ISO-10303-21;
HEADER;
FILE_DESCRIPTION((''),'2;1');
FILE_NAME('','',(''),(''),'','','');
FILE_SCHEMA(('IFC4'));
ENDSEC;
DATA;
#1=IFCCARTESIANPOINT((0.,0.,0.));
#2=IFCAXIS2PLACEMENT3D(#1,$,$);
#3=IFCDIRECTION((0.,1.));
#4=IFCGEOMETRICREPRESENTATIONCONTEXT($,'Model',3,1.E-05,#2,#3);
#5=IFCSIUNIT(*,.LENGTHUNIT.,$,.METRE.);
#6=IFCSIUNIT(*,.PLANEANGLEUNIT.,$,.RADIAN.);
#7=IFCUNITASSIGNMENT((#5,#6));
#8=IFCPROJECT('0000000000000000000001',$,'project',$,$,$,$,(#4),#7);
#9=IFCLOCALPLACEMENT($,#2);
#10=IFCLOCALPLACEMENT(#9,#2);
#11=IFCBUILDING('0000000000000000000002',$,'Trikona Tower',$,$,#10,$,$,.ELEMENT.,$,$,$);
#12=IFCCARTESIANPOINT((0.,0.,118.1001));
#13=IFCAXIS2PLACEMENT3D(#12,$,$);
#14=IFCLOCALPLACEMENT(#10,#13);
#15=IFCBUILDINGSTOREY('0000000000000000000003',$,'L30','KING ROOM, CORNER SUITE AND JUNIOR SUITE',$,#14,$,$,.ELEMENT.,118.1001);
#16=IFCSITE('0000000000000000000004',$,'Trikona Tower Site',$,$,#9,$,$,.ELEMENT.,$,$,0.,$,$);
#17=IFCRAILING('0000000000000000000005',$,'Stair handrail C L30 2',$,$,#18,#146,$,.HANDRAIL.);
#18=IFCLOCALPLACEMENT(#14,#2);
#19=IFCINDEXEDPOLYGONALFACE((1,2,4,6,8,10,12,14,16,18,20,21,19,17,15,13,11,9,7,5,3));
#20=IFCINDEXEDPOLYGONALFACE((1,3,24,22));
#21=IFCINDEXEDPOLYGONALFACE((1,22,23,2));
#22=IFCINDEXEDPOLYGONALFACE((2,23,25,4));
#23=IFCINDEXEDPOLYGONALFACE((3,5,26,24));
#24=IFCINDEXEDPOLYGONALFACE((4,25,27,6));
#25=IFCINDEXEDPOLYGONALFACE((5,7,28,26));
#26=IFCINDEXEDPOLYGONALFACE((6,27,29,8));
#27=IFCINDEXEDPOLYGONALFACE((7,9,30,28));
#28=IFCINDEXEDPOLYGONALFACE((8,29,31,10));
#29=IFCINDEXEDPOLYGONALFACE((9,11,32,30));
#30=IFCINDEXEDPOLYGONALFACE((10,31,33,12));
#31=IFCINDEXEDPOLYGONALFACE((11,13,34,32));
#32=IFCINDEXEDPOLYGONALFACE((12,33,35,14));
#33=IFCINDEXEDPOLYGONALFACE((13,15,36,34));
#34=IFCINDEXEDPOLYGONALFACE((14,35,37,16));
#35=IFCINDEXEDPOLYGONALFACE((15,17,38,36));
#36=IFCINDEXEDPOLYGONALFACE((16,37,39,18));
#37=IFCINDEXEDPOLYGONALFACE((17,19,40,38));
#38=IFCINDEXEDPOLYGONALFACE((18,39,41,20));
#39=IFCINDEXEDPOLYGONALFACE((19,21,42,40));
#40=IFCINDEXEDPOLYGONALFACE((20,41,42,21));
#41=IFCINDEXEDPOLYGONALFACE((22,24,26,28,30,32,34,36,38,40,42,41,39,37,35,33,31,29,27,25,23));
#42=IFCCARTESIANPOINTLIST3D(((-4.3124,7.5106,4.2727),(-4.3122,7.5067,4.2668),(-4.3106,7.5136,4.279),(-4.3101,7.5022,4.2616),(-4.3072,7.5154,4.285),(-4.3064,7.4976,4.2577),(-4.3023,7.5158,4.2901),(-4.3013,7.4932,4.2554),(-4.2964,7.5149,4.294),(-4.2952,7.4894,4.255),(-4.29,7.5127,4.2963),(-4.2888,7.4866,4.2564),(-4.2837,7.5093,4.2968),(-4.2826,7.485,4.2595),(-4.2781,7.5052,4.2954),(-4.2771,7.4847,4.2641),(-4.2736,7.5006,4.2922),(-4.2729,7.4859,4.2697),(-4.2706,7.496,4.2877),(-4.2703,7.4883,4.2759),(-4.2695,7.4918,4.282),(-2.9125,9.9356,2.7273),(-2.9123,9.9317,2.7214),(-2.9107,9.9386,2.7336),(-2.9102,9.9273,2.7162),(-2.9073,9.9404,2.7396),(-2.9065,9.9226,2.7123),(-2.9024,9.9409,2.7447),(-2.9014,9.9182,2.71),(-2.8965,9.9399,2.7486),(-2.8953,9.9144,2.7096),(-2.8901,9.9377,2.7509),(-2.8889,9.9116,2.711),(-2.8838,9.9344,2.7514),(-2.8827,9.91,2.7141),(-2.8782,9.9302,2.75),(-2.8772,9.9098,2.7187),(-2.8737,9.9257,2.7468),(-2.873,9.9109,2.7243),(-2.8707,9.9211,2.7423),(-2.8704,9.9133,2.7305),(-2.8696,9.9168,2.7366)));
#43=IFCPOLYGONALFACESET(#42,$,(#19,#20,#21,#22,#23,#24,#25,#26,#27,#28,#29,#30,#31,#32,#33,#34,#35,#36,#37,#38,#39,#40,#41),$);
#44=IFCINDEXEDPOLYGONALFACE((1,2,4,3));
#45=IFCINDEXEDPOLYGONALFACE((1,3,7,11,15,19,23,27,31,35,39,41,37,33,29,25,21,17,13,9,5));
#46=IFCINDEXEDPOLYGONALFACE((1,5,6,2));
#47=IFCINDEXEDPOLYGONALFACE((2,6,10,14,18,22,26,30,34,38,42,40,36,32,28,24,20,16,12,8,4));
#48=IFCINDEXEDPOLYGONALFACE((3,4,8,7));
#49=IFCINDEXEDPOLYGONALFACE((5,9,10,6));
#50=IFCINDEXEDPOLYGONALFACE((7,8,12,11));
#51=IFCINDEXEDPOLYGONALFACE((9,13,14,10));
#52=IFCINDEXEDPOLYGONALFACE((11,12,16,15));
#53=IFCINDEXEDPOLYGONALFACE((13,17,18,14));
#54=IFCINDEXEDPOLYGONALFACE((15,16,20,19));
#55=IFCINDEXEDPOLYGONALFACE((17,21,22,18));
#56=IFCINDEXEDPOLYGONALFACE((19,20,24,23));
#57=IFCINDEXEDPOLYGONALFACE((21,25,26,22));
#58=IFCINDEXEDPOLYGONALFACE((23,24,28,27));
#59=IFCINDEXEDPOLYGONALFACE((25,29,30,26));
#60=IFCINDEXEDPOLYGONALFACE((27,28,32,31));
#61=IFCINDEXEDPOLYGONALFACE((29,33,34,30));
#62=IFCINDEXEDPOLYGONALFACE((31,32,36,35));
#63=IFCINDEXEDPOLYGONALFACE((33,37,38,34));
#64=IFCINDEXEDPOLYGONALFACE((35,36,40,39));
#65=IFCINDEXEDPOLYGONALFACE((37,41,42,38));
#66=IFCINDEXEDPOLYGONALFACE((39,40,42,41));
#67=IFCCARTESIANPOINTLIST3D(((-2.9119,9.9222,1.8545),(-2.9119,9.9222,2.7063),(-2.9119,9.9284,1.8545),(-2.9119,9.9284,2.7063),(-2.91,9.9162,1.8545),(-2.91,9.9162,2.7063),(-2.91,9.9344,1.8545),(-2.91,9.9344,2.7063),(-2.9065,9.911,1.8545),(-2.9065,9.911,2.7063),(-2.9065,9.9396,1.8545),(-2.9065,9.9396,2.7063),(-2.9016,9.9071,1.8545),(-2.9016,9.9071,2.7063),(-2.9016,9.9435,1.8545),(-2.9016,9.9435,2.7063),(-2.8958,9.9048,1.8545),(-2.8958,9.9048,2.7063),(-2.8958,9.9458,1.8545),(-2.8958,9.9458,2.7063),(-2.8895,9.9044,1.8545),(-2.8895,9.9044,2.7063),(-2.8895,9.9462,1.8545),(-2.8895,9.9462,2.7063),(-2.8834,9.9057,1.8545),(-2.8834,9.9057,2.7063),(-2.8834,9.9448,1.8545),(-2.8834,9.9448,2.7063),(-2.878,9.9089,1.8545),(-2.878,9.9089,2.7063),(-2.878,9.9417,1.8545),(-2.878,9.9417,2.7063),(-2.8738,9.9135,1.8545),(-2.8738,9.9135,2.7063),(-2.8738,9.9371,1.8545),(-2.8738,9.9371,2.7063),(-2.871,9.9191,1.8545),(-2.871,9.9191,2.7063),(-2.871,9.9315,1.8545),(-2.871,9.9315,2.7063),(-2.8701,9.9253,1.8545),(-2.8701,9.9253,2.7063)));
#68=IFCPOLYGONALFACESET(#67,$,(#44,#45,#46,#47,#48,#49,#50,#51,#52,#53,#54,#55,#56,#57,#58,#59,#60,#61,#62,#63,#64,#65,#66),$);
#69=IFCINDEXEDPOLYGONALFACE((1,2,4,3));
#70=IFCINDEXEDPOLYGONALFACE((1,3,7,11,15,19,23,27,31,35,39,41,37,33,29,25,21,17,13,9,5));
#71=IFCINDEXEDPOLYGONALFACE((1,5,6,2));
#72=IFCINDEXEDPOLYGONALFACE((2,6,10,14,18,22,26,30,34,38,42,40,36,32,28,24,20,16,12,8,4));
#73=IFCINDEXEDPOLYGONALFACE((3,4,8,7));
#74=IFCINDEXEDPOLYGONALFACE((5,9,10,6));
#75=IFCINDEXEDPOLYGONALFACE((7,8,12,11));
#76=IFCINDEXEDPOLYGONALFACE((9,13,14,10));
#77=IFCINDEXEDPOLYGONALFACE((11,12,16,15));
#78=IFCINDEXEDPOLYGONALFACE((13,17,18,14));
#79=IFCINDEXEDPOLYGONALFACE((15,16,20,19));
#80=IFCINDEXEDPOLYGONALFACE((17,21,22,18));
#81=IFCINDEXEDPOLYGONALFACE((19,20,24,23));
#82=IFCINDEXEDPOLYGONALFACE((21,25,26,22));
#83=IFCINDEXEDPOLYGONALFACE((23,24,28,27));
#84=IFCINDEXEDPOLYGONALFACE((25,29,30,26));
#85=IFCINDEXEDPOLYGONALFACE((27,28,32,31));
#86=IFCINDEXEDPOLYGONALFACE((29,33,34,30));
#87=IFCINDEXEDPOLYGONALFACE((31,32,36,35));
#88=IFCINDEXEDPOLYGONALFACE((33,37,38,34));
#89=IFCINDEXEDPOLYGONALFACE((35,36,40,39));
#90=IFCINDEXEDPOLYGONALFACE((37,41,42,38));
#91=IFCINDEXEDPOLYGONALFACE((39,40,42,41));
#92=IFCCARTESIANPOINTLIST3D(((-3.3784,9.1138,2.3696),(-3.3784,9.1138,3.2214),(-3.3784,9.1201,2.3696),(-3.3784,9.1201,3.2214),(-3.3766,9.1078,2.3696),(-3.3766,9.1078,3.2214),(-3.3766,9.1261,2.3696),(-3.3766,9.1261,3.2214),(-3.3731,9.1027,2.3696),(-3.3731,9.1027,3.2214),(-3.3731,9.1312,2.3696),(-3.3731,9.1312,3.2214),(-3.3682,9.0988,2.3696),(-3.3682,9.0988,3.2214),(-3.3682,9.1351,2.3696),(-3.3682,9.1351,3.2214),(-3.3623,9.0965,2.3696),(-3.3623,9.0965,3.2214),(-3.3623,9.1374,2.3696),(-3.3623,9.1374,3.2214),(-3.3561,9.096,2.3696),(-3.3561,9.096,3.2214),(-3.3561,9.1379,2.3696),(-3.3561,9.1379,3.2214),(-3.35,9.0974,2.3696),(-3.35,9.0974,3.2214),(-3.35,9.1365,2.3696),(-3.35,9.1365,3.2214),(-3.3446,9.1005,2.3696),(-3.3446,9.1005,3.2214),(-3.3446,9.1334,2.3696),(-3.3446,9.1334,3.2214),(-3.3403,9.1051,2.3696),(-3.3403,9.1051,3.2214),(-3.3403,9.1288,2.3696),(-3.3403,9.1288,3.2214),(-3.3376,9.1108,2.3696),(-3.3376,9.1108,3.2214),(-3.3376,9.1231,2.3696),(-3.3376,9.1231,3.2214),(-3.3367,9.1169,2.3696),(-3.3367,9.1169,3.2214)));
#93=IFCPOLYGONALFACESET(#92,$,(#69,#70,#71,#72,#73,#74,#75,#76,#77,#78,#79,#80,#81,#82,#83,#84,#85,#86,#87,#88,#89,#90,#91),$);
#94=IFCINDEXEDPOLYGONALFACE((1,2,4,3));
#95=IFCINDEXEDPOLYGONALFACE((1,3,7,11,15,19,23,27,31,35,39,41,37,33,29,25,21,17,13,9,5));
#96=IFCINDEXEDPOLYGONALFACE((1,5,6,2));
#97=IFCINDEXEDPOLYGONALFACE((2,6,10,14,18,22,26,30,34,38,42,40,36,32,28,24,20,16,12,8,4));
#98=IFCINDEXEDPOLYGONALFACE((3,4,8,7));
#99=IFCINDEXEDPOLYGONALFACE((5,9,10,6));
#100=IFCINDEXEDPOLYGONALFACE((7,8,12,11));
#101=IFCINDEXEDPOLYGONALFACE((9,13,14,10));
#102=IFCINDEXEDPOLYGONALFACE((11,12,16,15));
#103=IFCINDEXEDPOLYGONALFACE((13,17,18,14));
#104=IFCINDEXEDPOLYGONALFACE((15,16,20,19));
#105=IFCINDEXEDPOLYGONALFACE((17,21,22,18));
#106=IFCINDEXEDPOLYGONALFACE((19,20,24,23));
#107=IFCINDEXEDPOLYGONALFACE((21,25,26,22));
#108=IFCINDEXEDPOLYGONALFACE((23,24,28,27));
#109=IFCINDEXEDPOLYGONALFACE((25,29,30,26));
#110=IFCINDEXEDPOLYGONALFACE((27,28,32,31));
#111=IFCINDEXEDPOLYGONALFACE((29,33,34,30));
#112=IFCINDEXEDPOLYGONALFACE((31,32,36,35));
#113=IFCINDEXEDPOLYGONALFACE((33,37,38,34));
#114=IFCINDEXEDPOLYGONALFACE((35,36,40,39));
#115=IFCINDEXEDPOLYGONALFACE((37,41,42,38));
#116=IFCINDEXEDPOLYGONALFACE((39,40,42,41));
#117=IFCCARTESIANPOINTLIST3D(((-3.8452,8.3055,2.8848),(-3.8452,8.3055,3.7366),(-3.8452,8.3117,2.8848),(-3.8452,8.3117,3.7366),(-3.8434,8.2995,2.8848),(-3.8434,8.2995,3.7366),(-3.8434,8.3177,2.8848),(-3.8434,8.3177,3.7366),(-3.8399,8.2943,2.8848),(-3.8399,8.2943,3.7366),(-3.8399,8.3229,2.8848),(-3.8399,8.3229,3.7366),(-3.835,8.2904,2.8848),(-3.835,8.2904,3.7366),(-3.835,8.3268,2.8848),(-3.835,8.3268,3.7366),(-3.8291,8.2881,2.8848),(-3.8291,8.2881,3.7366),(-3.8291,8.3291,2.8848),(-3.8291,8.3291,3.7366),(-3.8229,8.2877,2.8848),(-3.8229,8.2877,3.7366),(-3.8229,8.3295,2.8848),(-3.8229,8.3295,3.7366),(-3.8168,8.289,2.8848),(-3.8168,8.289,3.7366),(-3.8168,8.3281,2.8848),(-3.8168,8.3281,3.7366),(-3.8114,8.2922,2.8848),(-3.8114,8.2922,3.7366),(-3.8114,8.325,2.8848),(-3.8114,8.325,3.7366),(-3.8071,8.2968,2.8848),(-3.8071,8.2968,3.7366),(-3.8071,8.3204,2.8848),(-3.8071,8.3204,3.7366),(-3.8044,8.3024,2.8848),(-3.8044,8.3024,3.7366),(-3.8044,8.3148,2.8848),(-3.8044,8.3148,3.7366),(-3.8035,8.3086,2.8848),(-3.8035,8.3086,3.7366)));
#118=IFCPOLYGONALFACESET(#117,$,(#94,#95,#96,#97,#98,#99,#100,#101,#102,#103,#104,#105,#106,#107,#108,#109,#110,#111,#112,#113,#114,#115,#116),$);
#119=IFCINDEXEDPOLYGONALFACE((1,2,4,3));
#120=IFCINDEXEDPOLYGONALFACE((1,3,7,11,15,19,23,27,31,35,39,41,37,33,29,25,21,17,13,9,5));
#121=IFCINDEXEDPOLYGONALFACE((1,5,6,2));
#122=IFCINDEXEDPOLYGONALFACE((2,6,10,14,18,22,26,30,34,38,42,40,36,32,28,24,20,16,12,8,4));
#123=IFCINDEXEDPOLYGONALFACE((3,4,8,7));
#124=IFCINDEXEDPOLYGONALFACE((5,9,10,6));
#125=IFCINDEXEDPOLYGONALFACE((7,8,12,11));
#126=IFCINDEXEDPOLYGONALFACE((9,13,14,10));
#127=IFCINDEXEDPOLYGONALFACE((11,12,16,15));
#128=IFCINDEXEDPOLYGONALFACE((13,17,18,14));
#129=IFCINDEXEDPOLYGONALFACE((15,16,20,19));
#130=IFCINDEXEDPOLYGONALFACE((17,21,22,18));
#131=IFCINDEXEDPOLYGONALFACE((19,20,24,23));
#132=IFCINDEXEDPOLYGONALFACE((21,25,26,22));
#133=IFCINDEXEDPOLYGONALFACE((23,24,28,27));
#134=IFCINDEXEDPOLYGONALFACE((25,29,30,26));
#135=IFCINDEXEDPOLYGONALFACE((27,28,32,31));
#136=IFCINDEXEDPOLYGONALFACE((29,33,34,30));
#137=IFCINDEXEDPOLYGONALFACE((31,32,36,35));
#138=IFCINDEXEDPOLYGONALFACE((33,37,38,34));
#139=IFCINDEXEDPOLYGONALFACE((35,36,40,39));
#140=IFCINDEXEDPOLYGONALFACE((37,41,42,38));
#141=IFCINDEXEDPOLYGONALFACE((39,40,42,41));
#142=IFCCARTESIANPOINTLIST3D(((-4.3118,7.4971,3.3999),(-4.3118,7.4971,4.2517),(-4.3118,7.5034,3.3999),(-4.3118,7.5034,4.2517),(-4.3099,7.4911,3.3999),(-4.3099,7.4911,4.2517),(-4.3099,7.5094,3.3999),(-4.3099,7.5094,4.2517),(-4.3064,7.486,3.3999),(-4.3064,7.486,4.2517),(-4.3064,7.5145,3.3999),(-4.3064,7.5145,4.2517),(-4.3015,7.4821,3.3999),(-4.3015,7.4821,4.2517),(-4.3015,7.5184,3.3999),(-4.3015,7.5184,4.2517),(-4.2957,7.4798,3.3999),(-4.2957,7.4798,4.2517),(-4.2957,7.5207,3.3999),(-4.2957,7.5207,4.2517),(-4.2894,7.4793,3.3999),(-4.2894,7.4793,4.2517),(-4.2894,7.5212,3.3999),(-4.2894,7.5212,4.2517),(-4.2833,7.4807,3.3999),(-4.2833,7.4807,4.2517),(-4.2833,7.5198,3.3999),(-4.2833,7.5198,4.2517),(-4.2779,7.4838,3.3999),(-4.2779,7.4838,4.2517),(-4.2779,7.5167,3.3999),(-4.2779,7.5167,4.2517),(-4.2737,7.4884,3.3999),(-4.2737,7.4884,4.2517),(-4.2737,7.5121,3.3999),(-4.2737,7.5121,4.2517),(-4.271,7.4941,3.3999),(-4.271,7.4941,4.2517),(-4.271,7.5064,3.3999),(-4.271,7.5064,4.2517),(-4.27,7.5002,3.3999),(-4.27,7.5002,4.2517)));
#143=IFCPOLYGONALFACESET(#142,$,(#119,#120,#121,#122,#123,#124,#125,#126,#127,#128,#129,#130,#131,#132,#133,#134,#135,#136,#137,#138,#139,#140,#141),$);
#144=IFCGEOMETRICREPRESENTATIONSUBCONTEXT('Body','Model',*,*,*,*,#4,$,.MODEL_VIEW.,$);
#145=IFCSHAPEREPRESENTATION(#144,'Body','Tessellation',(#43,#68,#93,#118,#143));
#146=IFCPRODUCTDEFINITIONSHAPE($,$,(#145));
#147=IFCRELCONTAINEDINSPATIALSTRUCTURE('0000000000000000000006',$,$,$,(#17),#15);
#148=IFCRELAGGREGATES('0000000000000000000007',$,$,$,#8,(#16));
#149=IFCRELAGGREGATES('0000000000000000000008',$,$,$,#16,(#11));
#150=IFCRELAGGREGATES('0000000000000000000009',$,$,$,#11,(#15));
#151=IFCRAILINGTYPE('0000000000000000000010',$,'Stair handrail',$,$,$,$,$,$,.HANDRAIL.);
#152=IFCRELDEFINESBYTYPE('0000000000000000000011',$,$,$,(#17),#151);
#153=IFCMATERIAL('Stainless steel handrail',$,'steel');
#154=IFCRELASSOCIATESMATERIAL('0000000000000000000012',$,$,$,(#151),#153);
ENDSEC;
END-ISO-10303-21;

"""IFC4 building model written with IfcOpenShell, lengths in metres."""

from ifc_helpers import new_model, si_unit, direction, frame, origin, origin_2d, place, context, subcontext, project, spatial, circle, extrude, material, type_object, element, save


model = new_model("IFC4")

# Units and contexts
model_context = context("Model", 3, precision=1e-05, world=origin(), true_north=direction((0.0, 1.0)))
body_context = subcontext(model_context, "Body", "Model", "MODEL_VIEW")
ifc_project = project(units=[si_unit("LENGTHUNIT", "METRE"), si_unit("PLANEANGLEUNIT", "RADIAN")], contexts=[model_context])

# Site, building, storey
site_placement = place(None, origin())
site = spatial("IfcSite", under=ifc_project, at=site_placement, Name="Trikona Tower Site", CompositionType="ELEMENT", RefElevation=0.0)
building_placement = place(site_placement, origin())
building = spatial("IfcBuilding", under=site, at=building_placement, Name="Trikona Tower", CompositionType="ELEMENT")
storey_placement = place(building_placement, frame((0.0, 0.0, 118.1001)))
storey = spatial("IfcBuildingStorey", under=building, at=storey_placement, Name="L30", Description="KING ROOM, CORNER SUITE AND JUNIOR SUITE", CompositionType="ELEMENT", Elevation=118.1001)

# Railing
ifc_material_1 = material(Name="Stainless steel handrail", Category="steel")
railing_type = type_object("IfcRailingType", Name="Stair handrail", PredefinedType="HANDRAIL", material=ifc_material_1)
railing_1_placement = place(storey_placement, frame((-2.8911, 9.9253, 1.8545)))
element("IfcRailing", 1, at=railing_1_placement, inside=storey, type_object=railing_type, Name="Stair handrail C L30 2", PredefinedType="HANDRAIL", context=body_context, shape_type="SweptSolid", body=[
    extrude(circle(Radius=0.0239, at=origin_2d()), frame((0.0, 0.0, 0.876), z_axis=(-0.437707, -0.75824, 0.483203), x_axis=(0.866056, -0.499946, 0.0)), (0.0, 0.0, 1.0), 3.1982),
    extrude(circle(Radius=0.021, at=origin_2d()), origin(), (0.0, 0.0, 1.0), 0.8518),
    extrude(circle(Radius=0.021, at=origin_2d()), frame((-0.4666, -0.8083, 0.5151)), (0.0, 0.0, 1.0), 0.8518),
    extrude(circle(Radius=0.021, at=origin_2d()), frame((-0.9333, -1.6167, 1.0303)), (0.0, 0.0, 1.0), 0.8518),
    extrude(circle(Radius=0.021, at=origin_2d()), frame((-1.3999, -2.425, 1.5454)), (0.0, 0.0, 1.0), 0.8518),
])

save(model, "model.ifc")
